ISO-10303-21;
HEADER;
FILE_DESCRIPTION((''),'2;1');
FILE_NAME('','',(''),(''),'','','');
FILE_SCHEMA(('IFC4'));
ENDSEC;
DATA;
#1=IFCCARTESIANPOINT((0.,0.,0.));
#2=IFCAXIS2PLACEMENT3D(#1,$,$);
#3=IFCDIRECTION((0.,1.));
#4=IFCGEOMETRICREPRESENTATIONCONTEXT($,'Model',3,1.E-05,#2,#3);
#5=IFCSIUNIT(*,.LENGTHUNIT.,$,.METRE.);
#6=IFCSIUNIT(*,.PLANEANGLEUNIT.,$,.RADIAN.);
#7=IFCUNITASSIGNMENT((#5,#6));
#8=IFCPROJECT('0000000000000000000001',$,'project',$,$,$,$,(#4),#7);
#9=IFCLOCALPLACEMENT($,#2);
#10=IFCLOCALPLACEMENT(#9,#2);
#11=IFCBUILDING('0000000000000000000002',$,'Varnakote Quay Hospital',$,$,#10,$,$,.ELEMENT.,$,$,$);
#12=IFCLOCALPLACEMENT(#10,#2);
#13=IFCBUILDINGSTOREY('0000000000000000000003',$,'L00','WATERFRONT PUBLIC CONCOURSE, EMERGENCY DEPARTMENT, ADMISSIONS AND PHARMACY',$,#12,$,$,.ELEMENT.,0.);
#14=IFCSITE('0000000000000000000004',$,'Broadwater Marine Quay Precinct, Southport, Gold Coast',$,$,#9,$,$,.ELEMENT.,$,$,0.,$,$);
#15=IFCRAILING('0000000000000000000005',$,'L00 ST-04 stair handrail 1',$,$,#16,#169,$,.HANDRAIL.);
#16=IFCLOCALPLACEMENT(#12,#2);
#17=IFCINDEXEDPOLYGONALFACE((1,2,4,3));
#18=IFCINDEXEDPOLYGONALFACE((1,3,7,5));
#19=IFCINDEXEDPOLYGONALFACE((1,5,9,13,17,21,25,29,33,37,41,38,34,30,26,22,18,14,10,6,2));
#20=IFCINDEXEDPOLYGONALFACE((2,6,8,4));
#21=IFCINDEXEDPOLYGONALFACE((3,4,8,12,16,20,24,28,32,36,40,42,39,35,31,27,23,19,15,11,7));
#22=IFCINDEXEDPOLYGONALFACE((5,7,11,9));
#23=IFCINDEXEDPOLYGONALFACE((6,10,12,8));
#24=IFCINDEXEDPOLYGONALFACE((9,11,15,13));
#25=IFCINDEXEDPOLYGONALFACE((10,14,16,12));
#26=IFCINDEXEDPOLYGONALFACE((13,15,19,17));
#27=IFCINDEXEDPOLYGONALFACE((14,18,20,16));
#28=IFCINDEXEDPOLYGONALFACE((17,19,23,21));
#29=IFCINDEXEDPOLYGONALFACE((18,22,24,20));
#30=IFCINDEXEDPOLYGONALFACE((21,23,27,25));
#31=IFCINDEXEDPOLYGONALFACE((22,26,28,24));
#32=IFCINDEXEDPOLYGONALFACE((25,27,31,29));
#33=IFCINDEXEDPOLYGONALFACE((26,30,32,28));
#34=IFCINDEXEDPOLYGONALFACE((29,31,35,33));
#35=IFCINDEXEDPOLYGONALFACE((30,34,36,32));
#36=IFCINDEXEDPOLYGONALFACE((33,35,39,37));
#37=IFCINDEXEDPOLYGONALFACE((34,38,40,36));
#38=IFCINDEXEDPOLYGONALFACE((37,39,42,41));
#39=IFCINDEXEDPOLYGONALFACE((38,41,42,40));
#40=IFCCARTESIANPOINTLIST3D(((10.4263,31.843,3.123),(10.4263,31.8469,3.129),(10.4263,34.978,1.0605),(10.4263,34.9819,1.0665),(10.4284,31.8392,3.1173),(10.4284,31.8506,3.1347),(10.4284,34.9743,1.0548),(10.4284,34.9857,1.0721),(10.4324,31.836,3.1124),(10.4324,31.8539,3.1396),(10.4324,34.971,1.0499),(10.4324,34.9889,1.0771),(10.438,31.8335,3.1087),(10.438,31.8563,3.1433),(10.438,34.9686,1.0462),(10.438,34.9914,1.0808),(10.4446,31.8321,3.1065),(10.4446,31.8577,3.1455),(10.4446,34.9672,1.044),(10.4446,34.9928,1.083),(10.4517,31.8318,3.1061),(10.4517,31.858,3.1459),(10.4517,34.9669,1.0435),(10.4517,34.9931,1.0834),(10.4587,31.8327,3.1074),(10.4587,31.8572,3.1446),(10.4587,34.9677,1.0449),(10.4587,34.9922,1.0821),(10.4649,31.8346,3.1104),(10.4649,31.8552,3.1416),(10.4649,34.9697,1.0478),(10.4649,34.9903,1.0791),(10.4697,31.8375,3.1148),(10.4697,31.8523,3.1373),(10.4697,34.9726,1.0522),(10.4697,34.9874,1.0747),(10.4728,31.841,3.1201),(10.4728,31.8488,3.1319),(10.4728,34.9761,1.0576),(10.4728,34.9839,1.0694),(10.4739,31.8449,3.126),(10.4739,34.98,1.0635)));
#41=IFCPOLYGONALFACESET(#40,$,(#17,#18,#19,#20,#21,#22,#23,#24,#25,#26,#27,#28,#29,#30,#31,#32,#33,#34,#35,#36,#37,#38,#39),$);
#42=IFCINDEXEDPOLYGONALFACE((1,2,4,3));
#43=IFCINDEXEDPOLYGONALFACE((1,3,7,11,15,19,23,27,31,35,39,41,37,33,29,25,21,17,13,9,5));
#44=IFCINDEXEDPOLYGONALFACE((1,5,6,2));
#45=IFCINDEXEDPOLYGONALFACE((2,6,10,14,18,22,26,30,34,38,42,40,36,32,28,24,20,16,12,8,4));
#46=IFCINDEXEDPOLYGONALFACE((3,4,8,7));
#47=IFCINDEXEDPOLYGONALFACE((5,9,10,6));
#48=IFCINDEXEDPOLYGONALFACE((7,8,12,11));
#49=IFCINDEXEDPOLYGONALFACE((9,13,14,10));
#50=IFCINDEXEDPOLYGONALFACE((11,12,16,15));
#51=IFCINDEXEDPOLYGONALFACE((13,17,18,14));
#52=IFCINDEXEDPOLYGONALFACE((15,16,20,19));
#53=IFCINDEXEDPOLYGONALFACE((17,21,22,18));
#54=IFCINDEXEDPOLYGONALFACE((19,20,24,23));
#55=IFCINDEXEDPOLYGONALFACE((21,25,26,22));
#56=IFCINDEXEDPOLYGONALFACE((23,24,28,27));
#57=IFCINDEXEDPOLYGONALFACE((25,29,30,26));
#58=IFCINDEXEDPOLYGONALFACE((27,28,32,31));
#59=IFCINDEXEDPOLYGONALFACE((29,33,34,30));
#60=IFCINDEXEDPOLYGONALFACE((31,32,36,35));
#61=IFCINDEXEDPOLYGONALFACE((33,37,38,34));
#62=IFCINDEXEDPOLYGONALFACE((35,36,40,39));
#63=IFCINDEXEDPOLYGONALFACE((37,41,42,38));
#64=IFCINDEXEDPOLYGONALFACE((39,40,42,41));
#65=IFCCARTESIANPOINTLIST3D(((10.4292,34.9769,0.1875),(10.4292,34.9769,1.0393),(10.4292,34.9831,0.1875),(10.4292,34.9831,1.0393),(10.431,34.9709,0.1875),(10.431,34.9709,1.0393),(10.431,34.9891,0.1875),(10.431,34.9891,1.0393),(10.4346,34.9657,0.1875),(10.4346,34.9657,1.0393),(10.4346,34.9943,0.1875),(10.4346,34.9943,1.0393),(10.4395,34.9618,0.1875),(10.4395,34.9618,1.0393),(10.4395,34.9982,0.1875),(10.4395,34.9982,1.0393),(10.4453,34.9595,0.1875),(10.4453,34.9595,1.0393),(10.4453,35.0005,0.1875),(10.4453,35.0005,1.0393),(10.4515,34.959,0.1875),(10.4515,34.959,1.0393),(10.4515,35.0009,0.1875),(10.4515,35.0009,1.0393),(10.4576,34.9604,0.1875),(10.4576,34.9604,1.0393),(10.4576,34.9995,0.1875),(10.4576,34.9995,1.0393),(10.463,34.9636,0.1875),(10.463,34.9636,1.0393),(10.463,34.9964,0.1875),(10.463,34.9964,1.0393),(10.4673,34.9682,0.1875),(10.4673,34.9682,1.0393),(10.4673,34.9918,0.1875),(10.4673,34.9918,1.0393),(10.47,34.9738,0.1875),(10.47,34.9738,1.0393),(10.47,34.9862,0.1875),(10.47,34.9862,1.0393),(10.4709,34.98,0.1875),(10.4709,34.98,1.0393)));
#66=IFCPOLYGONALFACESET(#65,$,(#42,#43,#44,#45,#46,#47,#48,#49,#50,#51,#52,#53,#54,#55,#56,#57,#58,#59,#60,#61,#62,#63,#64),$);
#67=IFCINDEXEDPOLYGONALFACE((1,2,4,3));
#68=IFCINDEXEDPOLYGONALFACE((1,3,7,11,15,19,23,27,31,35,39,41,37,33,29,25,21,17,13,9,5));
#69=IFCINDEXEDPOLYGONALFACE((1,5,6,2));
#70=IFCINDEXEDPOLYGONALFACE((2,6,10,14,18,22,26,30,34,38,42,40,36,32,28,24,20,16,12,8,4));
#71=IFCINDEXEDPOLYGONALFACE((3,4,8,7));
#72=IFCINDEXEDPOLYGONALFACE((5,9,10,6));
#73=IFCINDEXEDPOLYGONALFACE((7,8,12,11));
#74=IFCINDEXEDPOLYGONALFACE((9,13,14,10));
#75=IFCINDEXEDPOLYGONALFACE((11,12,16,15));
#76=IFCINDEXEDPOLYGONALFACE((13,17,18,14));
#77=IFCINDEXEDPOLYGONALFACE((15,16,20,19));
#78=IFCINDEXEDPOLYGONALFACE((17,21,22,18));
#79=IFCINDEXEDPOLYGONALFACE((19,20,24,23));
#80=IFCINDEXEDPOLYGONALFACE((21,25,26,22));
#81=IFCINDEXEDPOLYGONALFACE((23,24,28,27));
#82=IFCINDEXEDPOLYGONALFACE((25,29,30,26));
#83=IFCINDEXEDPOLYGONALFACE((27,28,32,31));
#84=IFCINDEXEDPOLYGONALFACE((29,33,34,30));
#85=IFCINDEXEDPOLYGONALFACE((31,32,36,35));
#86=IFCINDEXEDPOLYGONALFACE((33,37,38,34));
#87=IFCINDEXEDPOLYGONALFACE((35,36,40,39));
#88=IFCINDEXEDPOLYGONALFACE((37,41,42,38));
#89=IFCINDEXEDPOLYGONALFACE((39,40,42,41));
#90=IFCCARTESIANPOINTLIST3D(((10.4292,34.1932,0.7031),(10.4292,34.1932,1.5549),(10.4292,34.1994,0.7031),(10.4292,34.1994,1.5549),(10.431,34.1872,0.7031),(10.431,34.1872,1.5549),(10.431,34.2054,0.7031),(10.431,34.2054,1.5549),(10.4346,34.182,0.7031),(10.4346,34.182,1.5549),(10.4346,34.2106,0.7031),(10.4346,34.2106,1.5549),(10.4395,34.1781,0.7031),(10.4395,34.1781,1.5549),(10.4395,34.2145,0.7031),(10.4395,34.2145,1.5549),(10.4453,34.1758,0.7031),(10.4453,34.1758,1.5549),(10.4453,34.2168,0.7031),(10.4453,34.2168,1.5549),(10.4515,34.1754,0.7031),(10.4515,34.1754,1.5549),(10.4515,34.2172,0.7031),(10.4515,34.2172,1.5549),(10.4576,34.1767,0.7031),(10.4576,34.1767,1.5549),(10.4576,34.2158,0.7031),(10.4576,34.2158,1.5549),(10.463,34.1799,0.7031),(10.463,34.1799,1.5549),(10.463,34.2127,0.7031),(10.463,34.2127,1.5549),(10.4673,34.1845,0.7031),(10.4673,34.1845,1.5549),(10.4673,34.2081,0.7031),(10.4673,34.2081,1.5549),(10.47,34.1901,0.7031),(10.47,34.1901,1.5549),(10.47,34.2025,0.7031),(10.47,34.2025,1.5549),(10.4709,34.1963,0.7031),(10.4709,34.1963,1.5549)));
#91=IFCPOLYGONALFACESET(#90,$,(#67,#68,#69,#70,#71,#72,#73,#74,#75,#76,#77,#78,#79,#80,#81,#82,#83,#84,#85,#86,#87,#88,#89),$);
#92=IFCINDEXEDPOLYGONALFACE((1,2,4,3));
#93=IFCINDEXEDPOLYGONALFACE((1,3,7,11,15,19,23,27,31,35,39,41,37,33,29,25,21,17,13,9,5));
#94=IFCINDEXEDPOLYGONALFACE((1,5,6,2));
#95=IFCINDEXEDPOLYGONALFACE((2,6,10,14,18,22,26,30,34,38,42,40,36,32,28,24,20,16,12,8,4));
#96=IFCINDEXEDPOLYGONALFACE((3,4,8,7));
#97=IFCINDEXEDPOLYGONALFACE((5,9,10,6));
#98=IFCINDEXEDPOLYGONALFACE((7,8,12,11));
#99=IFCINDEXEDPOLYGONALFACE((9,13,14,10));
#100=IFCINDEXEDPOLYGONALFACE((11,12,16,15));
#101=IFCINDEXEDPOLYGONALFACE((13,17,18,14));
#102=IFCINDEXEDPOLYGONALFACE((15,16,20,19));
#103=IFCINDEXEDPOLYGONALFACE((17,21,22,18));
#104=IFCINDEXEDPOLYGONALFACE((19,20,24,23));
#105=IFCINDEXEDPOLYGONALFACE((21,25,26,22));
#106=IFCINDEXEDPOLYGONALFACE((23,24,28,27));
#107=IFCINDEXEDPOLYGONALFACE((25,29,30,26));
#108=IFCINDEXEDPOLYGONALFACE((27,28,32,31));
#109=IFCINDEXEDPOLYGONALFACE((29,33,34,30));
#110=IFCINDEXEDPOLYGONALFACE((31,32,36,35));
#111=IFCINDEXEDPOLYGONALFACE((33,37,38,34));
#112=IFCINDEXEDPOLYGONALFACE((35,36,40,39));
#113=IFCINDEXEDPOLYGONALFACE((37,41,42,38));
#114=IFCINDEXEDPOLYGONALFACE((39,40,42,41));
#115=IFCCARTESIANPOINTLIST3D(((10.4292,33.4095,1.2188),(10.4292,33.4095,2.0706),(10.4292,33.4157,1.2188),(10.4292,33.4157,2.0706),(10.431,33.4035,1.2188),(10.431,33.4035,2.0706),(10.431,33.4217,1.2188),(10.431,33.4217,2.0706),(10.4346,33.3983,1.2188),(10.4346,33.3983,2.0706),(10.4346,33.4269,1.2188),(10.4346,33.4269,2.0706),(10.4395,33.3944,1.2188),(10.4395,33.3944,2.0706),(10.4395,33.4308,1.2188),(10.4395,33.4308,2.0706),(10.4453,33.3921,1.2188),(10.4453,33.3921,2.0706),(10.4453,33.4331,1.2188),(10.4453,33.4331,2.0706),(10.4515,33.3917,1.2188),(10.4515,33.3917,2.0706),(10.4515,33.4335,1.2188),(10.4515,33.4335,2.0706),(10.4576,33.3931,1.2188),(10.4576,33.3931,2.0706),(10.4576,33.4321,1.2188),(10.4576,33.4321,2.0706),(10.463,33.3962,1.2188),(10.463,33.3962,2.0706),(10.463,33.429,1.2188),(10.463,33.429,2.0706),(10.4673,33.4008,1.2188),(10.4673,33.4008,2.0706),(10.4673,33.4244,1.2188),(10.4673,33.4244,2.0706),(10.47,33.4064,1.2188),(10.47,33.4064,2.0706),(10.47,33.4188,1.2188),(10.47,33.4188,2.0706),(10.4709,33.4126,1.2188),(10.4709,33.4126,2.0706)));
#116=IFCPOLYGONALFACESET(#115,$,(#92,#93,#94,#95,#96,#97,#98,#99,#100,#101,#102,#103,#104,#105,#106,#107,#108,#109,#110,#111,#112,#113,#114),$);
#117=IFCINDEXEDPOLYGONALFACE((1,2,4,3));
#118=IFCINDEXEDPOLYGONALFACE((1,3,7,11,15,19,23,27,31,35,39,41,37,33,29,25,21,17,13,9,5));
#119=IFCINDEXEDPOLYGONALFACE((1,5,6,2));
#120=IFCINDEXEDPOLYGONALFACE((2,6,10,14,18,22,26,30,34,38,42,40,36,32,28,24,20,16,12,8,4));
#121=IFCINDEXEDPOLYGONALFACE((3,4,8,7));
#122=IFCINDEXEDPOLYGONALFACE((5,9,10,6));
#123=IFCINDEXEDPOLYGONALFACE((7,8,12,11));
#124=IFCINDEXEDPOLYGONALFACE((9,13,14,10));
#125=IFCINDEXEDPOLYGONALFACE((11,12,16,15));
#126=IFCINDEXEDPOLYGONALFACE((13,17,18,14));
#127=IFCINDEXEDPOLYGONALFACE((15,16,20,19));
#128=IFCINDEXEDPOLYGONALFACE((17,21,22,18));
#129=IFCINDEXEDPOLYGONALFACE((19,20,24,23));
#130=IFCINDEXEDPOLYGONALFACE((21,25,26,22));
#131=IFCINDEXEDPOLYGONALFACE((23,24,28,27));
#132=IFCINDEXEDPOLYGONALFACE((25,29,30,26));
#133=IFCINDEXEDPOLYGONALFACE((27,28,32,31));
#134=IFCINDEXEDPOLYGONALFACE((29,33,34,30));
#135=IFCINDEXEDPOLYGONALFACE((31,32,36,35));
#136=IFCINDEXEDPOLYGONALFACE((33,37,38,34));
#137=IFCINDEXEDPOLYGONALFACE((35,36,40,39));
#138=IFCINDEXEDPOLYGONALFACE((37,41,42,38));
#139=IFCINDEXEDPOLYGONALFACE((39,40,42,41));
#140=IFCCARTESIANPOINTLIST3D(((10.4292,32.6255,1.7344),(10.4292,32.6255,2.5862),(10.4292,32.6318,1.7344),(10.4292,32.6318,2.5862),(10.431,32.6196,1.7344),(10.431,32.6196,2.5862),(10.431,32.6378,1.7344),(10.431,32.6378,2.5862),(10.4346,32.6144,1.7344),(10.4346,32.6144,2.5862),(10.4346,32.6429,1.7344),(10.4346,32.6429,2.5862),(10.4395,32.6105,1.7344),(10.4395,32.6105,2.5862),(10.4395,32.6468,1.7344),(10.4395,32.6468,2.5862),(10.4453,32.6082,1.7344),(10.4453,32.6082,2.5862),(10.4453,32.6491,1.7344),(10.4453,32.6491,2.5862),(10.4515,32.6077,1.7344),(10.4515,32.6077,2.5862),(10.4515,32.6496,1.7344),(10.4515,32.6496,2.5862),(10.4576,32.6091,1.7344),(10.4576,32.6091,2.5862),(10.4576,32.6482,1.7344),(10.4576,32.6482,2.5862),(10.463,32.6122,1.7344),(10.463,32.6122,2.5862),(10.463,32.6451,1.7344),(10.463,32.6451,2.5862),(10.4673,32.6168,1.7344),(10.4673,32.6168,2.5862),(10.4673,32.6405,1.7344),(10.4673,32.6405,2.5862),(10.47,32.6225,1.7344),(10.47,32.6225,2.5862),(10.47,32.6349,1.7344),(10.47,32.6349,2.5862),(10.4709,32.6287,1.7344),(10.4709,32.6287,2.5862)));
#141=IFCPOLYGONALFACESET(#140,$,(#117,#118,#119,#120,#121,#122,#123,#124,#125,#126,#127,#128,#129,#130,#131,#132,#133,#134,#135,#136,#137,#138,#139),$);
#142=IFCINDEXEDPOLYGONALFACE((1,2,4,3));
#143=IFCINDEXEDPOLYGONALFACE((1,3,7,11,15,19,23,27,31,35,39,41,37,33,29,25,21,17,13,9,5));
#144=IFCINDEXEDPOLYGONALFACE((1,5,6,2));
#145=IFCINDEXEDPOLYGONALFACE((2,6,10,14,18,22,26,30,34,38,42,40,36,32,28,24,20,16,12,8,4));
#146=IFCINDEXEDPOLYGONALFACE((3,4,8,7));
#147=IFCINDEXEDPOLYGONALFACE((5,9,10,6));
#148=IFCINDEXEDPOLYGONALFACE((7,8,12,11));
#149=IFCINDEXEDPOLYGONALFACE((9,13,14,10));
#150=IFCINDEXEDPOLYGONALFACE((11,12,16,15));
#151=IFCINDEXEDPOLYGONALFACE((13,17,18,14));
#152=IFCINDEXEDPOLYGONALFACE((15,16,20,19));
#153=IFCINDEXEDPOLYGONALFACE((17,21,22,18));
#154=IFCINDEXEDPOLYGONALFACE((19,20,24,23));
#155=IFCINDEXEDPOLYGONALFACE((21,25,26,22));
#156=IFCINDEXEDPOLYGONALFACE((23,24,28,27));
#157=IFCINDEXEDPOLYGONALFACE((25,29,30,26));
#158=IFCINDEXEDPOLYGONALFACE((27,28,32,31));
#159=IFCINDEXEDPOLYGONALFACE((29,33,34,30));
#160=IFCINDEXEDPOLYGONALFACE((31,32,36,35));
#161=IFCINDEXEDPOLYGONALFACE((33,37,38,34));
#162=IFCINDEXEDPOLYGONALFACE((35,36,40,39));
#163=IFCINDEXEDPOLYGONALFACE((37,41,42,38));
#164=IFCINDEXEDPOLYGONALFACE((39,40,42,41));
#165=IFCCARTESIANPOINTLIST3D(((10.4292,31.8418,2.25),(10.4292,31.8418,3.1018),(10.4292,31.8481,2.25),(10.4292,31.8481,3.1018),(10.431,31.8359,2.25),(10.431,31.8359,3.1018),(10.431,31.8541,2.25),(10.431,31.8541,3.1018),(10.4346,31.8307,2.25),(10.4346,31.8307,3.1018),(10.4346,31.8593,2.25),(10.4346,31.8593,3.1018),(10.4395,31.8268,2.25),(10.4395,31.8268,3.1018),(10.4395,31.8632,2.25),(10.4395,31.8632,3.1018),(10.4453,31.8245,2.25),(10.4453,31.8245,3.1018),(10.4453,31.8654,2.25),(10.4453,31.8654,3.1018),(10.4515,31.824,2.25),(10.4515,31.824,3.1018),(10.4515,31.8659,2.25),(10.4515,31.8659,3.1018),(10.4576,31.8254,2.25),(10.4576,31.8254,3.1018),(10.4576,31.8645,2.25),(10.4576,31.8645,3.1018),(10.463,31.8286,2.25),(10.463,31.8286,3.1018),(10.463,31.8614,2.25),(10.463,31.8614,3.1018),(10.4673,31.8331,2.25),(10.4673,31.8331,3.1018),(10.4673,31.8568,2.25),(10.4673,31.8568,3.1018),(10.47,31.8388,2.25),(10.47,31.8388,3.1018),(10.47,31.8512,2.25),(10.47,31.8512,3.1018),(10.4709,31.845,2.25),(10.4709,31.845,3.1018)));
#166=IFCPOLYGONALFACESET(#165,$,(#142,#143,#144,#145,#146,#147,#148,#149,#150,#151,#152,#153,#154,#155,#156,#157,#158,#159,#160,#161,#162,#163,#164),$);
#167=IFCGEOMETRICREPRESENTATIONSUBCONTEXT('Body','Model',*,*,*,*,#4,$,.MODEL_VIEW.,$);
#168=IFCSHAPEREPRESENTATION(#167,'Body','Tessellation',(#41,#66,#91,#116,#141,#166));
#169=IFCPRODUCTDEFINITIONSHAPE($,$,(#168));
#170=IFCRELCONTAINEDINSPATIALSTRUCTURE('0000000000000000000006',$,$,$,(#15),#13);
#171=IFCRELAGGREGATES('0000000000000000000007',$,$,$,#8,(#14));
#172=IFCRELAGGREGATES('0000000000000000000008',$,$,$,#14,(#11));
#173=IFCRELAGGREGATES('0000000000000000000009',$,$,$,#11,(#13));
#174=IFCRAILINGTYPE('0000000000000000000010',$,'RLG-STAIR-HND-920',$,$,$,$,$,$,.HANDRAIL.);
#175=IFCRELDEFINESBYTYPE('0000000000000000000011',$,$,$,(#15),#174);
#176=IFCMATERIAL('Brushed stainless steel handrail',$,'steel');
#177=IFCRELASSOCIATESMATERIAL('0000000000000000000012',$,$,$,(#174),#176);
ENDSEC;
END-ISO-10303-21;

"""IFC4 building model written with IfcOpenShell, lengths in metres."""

from ifc_helpers import new_model, si_unit, direction, frame, origin, origin_2d, place, context, subcontext, project, spatial, circle, extrude, material, type_object, element, save


model = new_model("IFC4")

# Units and contexts
model_context = context("Model", 3, precision=1e-05, world=origin(), true_north=direction((0.0, 1.0)))
body_context = subcontext(model_context, "Body", "Model", "MODEL_VIEW")
ifc_project = project(units=[si_unit("LENGTHUNIT", "METRE"), si_unit("PLANEANGLEUNIT", "RADIAN")], contexts=[model_context])

# Site, building, storey
site_placement = place(None, origin())
site = spatial("IfcSite", under=ifc_project, at=site_placement, Name="Broadwater Marine Quay Precinct, Southport, Gold Coast", CompositionType="ELEMENT", RefElevation=0.0)
building_placement = place(site_placement, origin())
building = spatial("IfcBuilding", under=site, at=building_placement, Name="Varnakote Quay Hospital", CompositionType="ELEMENT")
storey_placement = place(building_placement, origin())
storey = spatial("IfcBuildingStorey", under=building, at=storey_placement, Name="L00", Description="WATERFRONT PUBLIC CONCOURSE, EMERGENCY DEPARTMENT, ADMISSIONS AND PHARMACY", CompositionType="ELEMENT", Elevation=0.0)

# Railing
ifc_material_1 = material(Name="Brushed stainless steel handrail", Category="steel")
railing_type_1 = type_object("IfcRailingType", Name="RLG-STAIR-HND-920", PredefinedType="HANDRAIL", material=ifc_material_1)
railing_1_placement = place(storey_placement, frame((10.45, 34.98, 0.1875)))
element("IfcRailing", 1, at=railing_1_placement, inside=storey, type_object=railing_type_1, Name="L00 ST-04 stair handrail 1", PredefinedType="HANDRAIL", context=body_context, shape_type="SweptSolid", body=[
    extrude(circle(Radius=0.0239, at=origin_2d()), frame((0.0, 0.0, 0.876), z_axis=(0.0, -0.835418, 0.549615), x_axis=(1.0, 0.0, 0.0)), (0.0, 0.0, 1.0), 3.7527),
    extrude(circle(Radius=0.021, at=origin_2d()), origin(), (0.0, 0.0, 1.0), 0.8518),
    extrude(circle(Radius=0.021, at=origin_2d()), frame((0.0, -0.7837, 0.5156)), (0.0, 0.0, 1.0), 0.8518),
    extrude(circle(Radius=0.021, at=origin_2d()), frame((0.0, -1.5674, 1.0312)), (0.0, 0.0, 1.0), 0.8518),
    extrude(circle(Radius=0.021, at=origin_2d()), frame((0.0, -2.3513, 1.5469)), (0.0, 0.0, 1.0), 0.8518),
    extrude(circle(Radius=0.021, at=origin_2d()), frame((0.0, -3.135, 2.0625)), (0.0, 0.0, 1.0), 0.8518),
])

save(model, "model.ifc")
